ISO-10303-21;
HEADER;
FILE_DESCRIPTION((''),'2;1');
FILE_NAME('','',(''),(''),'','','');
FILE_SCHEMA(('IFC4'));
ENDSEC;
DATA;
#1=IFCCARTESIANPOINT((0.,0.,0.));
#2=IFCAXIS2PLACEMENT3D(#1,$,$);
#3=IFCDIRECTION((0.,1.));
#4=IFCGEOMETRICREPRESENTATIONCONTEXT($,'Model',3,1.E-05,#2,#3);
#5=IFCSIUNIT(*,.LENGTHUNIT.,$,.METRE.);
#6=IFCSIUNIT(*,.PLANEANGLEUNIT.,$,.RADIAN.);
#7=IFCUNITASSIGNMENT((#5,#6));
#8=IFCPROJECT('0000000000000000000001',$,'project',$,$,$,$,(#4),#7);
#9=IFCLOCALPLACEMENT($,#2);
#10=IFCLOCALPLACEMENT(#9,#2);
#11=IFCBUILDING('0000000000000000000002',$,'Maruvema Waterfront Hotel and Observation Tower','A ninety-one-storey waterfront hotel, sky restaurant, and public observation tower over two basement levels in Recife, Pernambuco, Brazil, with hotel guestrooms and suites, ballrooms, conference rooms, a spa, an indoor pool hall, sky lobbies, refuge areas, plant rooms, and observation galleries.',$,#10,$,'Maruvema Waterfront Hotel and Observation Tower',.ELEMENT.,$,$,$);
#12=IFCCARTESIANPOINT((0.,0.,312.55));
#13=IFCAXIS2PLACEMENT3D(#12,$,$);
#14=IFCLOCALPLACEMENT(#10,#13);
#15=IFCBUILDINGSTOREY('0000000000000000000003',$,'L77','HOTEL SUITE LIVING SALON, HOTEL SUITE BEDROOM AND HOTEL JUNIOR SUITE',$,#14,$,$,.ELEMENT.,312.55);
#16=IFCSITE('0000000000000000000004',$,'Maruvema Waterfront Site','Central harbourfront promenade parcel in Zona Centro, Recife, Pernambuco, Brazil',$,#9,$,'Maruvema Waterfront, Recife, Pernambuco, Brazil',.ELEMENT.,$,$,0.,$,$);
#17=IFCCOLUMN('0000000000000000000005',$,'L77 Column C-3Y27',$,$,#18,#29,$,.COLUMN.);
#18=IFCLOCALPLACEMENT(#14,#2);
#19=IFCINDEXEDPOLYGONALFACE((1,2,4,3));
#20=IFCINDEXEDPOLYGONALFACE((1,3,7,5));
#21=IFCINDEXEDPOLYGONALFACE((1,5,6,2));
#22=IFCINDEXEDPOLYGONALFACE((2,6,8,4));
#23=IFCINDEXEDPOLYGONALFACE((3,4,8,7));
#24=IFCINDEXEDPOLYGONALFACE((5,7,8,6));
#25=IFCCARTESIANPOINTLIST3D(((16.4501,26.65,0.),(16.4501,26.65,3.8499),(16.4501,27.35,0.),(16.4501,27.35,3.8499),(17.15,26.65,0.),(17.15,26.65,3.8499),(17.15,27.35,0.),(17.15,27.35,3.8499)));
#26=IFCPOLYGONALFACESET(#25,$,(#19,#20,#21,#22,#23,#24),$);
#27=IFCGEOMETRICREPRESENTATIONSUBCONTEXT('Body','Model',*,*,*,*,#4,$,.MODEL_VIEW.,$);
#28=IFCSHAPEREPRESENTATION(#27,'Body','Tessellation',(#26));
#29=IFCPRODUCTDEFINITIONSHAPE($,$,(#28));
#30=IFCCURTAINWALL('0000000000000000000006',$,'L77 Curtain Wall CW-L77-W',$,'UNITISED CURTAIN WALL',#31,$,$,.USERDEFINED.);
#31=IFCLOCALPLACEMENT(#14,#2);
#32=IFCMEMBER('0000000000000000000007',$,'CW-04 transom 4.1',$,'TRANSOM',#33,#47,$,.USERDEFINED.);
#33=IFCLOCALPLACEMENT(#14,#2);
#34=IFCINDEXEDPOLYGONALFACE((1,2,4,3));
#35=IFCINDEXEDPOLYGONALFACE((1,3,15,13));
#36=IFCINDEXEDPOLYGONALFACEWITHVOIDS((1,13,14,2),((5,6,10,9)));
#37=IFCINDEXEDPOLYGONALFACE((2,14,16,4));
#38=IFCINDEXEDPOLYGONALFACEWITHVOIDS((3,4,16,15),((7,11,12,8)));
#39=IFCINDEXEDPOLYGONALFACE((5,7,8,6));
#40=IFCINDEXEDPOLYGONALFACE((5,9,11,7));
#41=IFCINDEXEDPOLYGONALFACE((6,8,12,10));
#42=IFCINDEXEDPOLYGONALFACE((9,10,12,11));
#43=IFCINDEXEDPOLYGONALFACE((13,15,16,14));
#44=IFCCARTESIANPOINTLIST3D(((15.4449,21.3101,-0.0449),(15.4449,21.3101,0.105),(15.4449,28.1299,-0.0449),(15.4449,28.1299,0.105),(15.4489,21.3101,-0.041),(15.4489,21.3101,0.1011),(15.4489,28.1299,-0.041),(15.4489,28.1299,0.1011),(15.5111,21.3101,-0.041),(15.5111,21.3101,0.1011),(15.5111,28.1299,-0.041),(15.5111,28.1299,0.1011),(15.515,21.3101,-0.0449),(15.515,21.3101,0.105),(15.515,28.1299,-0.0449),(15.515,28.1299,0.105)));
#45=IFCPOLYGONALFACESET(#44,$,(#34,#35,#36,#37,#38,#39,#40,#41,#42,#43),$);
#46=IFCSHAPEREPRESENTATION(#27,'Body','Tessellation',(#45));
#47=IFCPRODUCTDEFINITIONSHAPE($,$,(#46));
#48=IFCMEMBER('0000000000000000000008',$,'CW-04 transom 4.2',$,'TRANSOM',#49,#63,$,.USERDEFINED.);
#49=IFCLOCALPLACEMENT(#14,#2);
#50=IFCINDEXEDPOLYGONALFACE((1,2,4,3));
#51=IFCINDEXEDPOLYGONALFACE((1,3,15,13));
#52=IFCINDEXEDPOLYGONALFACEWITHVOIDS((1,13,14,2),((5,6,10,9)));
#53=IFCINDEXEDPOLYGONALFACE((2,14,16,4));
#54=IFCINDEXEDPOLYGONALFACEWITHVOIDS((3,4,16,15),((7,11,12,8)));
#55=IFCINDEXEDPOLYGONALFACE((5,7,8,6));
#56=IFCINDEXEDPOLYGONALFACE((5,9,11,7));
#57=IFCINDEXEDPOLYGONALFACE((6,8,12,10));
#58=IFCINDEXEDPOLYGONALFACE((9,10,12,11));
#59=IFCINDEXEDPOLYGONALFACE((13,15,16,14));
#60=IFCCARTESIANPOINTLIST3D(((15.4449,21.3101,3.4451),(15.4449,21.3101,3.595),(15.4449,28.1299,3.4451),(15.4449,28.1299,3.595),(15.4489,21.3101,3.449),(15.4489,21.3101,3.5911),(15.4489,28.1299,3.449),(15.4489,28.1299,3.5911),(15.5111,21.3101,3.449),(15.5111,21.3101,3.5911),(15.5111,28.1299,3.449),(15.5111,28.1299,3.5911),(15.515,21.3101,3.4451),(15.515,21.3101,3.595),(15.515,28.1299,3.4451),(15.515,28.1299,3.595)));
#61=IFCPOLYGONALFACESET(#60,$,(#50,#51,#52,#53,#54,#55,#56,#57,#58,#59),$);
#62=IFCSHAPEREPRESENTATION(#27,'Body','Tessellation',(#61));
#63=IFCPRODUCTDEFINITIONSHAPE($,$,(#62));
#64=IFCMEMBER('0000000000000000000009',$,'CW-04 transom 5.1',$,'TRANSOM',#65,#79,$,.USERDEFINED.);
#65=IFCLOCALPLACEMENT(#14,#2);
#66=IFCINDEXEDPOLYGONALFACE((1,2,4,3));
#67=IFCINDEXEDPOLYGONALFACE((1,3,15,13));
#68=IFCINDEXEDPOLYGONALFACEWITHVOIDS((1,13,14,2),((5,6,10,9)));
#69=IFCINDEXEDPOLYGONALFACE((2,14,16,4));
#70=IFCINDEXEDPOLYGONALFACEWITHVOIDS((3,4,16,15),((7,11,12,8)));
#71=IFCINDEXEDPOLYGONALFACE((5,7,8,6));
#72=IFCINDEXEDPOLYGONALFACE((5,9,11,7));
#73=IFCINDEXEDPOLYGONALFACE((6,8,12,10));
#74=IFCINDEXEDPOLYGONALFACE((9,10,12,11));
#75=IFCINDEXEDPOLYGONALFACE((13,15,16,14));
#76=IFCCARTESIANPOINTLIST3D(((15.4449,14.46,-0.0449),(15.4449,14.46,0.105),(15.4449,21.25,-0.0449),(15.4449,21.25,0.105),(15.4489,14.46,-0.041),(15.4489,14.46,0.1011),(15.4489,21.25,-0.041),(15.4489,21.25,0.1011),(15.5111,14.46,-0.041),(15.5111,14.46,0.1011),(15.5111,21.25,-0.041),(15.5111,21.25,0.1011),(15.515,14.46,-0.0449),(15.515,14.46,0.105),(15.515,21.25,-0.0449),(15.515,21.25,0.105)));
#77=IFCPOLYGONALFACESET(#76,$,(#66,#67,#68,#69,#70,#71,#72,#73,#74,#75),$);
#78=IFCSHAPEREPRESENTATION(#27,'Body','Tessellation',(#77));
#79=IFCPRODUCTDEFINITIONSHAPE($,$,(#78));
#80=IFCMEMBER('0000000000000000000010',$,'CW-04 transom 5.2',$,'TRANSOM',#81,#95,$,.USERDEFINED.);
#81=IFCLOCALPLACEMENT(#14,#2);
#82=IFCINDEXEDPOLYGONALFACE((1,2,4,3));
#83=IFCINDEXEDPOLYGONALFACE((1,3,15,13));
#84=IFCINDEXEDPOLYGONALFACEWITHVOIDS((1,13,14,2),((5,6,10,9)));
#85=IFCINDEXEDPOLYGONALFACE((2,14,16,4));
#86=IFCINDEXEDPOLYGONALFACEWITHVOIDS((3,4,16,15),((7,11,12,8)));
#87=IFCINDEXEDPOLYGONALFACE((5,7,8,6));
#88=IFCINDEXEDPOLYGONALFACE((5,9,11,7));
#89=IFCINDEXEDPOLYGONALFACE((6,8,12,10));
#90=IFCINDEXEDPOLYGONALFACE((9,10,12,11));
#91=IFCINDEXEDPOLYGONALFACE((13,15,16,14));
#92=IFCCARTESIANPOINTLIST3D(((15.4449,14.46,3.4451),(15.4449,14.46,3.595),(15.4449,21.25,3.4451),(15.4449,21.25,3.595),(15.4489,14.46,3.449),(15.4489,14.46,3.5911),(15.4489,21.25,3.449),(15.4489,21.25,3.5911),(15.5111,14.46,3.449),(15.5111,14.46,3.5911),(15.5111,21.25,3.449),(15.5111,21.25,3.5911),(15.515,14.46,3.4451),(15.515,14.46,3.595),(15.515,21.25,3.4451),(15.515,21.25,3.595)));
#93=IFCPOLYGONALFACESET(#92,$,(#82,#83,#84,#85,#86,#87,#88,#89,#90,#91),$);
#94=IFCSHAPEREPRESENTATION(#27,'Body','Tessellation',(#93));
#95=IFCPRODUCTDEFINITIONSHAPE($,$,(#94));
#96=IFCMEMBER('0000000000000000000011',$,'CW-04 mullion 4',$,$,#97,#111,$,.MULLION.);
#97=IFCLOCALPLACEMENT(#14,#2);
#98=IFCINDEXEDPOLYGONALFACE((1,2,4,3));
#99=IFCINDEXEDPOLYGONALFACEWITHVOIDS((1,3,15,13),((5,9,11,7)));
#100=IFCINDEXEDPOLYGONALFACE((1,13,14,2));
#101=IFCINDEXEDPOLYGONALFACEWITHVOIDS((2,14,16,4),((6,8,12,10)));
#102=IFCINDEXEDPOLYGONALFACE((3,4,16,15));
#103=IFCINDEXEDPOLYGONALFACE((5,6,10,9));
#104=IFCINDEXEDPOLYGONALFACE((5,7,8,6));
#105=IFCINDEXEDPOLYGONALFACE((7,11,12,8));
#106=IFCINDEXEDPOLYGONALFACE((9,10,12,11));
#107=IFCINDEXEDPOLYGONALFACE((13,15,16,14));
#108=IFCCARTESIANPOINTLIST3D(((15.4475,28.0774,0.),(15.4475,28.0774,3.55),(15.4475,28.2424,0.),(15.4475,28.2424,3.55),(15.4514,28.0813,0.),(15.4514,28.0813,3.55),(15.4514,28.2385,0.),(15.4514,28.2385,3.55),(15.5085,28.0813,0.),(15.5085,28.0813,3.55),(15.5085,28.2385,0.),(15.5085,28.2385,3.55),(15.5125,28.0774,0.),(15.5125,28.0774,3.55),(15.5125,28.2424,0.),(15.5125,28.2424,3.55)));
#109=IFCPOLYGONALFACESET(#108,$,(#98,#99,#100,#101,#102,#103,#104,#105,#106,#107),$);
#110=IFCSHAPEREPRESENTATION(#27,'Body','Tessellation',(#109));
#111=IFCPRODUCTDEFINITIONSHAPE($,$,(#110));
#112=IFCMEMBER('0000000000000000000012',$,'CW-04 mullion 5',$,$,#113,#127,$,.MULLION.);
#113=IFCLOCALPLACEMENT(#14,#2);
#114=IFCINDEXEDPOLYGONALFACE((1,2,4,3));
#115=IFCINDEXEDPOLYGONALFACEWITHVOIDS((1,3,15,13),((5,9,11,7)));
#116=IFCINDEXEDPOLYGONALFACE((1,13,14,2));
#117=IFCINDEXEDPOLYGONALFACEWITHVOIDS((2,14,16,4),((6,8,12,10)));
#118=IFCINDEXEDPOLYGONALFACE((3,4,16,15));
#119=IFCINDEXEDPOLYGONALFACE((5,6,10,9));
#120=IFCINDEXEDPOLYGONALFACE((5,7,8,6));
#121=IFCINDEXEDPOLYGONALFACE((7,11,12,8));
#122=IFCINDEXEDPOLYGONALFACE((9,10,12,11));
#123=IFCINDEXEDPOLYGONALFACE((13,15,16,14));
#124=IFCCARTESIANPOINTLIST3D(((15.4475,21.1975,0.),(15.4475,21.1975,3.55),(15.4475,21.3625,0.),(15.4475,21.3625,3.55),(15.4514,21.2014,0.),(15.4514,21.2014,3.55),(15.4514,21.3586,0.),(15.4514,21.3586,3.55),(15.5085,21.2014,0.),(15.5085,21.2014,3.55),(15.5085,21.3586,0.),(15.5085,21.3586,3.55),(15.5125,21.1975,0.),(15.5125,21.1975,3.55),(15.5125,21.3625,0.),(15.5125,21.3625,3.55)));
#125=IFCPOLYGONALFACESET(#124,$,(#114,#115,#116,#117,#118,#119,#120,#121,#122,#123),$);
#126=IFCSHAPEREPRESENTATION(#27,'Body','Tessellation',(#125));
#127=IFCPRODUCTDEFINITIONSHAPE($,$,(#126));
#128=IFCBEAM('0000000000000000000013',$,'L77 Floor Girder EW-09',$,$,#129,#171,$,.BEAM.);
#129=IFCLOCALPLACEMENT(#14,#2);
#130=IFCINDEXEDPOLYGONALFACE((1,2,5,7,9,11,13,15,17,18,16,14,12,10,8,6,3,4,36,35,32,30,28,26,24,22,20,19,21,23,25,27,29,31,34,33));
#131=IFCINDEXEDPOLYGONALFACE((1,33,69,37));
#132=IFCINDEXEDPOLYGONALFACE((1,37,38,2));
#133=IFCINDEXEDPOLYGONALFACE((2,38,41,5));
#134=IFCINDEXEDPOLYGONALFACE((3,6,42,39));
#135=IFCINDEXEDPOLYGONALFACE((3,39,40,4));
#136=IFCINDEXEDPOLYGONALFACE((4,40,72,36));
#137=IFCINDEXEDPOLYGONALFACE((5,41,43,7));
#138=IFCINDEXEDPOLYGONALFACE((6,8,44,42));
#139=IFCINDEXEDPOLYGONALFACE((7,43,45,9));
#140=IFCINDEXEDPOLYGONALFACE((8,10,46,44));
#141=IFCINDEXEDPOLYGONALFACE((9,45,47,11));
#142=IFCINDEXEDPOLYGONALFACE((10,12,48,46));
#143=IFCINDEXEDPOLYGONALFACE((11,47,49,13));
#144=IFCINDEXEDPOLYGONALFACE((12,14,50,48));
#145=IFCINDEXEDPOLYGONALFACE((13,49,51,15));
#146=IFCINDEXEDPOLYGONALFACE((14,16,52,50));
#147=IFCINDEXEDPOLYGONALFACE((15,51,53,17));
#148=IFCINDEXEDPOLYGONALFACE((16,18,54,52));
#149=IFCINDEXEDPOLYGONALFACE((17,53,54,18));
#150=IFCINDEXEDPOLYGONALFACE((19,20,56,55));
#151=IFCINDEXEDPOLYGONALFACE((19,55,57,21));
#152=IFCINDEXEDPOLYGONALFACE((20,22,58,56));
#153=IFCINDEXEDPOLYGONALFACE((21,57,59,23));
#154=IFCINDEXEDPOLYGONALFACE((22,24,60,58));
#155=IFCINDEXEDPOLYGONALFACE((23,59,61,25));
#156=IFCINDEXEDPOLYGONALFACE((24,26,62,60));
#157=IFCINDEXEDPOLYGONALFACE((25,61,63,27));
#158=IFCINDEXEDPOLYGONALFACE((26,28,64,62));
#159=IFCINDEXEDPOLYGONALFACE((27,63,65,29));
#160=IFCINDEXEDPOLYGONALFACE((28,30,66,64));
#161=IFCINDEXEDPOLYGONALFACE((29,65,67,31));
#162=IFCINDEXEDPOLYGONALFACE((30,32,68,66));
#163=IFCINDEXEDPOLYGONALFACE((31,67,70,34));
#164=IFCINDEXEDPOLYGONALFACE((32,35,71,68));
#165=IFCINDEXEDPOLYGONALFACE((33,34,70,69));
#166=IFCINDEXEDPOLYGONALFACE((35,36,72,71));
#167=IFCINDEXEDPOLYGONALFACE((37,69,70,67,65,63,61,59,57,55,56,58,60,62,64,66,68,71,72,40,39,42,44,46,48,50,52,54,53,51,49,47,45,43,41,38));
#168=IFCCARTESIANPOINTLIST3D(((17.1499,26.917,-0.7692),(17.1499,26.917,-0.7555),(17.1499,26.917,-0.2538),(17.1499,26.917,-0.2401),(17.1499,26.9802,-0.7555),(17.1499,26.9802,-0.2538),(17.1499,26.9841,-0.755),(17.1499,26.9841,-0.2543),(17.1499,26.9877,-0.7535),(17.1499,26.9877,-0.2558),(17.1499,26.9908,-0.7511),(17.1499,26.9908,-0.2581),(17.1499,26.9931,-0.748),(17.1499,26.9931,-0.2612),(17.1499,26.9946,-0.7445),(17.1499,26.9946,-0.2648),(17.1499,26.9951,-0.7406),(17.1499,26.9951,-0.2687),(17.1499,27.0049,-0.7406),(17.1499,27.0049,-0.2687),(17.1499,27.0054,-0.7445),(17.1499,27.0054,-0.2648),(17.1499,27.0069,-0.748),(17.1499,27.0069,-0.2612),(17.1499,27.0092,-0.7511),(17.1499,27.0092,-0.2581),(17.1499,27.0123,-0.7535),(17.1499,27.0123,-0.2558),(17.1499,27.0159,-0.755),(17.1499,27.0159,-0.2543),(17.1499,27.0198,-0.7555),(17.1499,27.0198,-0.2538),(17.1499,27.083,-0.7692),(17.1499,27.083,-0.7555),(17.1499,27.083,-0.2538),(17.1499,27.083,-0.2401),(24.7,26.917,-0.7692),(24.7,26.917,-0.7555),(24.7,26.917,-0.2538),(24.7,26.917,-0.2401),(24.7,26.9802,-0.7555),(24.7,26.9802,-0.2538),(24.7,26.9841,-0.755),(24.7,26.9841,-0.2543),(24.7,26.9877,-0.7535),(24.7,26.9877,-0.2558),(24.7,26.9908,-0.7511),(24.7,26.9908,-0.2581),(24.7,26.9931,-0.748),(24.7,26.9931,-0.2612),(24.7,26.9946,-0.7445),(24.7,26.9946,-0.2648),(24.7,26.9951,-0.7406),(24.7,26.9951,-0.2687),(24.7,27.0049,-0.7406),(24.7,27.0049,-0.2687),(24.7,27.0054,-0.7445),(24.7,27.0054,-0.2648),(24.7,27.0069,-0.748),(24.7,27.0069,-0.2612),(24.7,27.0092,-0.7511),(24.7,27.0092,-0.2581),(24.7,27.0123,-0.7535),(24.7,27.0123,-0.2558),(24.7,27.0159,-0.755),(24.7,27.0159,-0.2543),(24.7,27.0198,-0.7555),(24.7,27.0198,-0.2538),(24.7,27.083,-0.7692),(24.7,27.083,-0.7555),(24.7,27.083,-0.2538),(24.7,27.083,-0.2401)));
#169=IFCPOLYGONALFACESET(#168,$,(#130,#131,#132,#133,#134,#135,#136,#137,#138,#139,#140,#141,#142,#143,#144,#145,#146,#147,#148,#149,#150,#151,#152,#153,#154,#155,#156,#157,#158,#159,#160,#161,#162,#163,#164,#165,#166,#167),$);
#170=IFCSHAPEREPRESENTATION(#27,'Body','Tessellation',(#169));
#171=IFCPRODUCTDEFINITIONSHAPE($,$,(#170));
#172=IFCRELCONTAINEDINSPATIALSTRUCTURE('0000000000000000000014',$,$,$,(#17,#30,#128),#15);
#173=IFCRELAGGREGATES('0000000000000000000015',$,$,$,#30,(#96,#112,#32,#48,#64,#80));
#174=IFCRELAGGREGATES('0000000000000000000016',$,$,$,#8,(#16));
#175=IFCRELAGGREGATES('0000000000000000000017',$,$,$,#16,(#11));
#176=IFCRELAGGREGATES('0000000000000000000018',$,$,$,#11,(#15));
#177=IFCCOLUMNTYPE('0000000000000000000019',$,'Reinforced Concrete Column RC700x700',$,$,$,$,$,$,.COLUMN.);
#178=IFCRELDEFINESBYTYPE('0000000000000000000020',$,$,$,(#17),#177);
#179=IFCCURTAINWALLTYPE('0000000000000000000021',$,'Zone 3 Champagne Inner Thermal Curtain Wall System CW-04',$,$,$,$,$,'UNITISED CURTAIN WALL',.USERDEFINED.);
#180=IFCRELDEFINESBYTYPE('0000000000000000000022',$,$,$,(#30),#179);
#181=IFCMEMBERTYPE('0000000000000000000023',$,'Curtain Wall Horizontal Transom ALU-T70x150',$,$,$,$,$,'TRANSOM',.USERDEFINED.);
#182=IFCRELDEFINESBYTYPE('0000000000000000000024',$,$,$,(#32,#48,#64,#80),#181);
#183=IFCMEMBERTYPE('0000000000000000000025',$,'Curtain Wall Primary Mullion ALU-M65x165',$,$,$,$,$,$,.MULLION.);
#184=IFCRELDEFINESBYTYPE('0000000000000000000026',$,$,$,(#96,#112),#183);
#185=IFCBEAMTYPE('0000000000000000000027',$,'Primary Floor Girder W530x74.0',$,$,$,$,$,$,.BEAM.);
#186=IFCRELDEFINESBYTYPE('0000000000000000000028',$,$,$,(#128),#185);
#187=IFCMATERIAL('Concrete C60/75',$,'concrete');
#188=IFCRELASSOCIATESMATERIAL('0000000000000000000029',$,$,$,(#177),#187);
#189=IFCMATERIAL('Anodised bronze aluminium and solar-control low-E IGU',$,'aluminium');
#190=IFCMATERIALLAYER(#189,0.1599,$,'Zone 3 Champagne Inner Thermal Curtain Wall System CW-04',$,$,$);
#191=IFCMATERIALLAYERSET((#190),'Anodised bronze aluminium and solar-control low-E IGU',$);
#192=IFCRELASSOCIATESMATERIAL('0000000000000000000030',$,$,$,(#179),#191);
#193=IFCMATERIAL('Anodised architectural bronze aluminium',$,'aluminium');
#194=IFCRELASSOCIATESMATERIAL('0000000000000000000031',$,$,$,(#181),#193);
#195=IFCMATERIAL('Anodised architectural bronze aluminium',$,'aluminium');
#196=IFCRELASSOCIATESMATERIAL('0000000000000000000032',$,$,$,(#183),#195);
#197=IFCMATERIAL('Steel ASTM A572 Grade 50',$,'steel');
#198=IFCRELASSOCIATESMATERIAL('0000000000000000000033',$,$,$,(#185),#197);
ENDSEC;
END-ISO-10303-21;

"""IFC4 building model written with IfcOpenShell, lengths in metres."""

from ifc_helpers import new_model, si_unit, direction, frame, origin, origin_2d, place, context, subcontext, project, spatial, rectangle, hollow_rectangle, i_section, extrude, material, layer, layer_set, material_profile, profile_set, type_object, element, aggregate, save


model = new_model("IFC4")

# Units and contexts
model_context = context("Model", 3, precision=1e-05, world=origin(), true_north=direction((0.0, 1.0)))
body_context = subcontext(model_context, "Body", "Model", "MODEL_VIEW")
ifc_project = project(units=[si_unit("LENGTHUNIT", "METRE"), si_unit("PLANEANGLEUNIT", "RADIAN")], contexts=[model_context])

# Site, building, storey
site_placement = place(None, origin())
site = spatial("IfcSite", under=ifc_project, at=site_placement, Name="Maruvema Waterfront Site", Description="Central harbourfront promenade parcel in Zona Centro, Recife, Pernambuco, Brazil", LongName="Maruvema Waterfront, Recife, Pernambuco, Brazil", CompositionType="ELEMENT", RefElevation=0.0)
building_placement = place(site_placement, origin())
building = spatial("IfcBuilding", under=site, at=building_placement, Name="Maruvema Waterfront Hotel and Observation Tower", Description="A ninety-one-storey waterfront hotel, sky restaurant, and public observation tower over two basement levels in Recife, Pernambuco, Brazil, with hotel guestrooms and suites, ballrooms, conference rooms, a spa, an indoor pool hall, sky lobbies, refuge areas, plant rooms, and observation galleries.", LongName="Maruvema Waterfront Hotel and Observation Tower", CompositionType="ELEMENT")
storey_placement = place(building_placement, frame((0.0, 0.0, 312.55)))
storey = spatial("IfcBuildingStorey", under=building, at=storey_placement, Name="L77", Description="HOTEL SUITE LIVING SALON, HOTEL SUITE BEDROOM AND HOTEL JUNIOR SUITE", CompositionType="ELEMENT", Elevation=312.55)

# Column
ifc_material_1 = material(Name="Concrete C60/75", Category="concrete")
ifc_material_profile_1 = material_profile(ifc_material_1, rectangle(XDim=0.7, YDim=0.7, at=origin_2d()), Name="RC700x700")
ifc_profile_set_1 = profile_set([ifc_material_profile_1], Name="Concrete C60/75")
column_type = type_object("IfcColumnType", Name="Reinforced Concrete Column RC700x700", PredefinedType="COLUMN", material=ifc_profile_set_1)
column_placement = place(storey_placement, frame((16.8, 27.0, 0.0), z_axis=(0.0, 0.0, 1.0), x_axis=(1.0, 0.0, 0.0)))
element("IfcColumn", 1, at=column_placement, inside=storey, type_object=column_type, Name="L77 Column C-3Y27", PredefinedType="COLUMN", context=body_context, shape_type="SweptSolid", body=[
    extrude(rectangle(XDim=0.7, YDim=0.7, at=origin_2d()), origin(), (0.0, 0.0, 1.0), 3.8499),
])

# Curtain wall, members
ifc_material_2 = material(Name="Anodised bronze aluminium and solar-control low-E IGU", Category="aluminium")
ifc_layer_1 = layer(ifc_material_2, 0.1599, Name="Zone 3 Champagne Inner Thermal Curtain Wall System CW-04")
ifc_layer_set_1 = layer_set([ifc_layer_1], Name="Anodised bronze aluminium and solar-control low-E IGU")
curtain_wall_type = type_object("IfcCurtainWallType", Name="Zone 3 Champagne Inner Thermal Curtain Wall System CW-04", ElementType="UNITISED CURTAIN WALL", PredefinedType="USERDEFINED", material=ifc_layer_set_1)
curtain_wall_placement = place(storey_placement, origin())
curtain_wall = element("IfcCurtainWall", 2, at=curtain_wall_placement, inside=storey, type_object=curtain_wall_type, Name="L77 Curtain Wall CW-L77-W", ObjectType="UNITISED CURTAIN WALL", PredefinedType="USERDEFINED")
ifc_material_3 = material(Name="Anodised architectural bronze aluminium", Category="aluminium")
ifc_material_profile_2 = material_profile(ifc_material_3, hollow_rectangle(XDim=0.0701, YDim=0.1499, WallThickness=0.0039, at=origin_2d()), Name="ALU-T70x150")
ifc_profile_set_2 = profile_set([ifc_material_profile_2], Name="Anodised architectural bronze aluminium")
member_type_1 = type_object("IfcMemberType", Name="Curtain Wall Horizontal Transom ALU-T70x150", ElementType="TRANSOM", PredefinedType="USERDEFINED", material=ifc_profile_set_2)
member_1_placement = place(storey_placement, frame((15.48, 28.1299, 0.03), z_axis=(0.0, -1.0, 0.0), x_axis=(1.0, 0.0, 0.0)))
member_1 = element("IfcMember", 3, at=member_1_placement, type_object=member_type_1, Name="CW-04 transom 4.1", ObjectType="TRANSOM", PredefinedType="USERDEFINED", context=body_context, shape_type="SweptSolid", body=[
    extrude(hollow_rectangle(XDim=0.0701, YDim=0.1499, WallThickness=0.0039, at=origin_2d()), origin(), (0.0, 0.0, 1.0), 6.8198),
])
member_2_placement = place(storey_placement, frame((15.48, 28.1299, 3.52), z_axis=(0.0, -1.0, 0.0), x_axis=(1.0, 0.0, 0.0)))
member_2 = element("IfcMember", 4, at=member_2_placement, type_object=member_type_1, Name="CW-04 transom 4.2", ObjectType="TRANSOM", PredefinedType="USERDEFINED", context=body_context, shape_type="SweptSolid", body=[
    extrude(hollow_rectangle(XDim=0.0701, YDim=0.1499, WallThickness=0.0039, at=origin_2d()), origin(), (0.0, 0.0, 1.0), 6.8198),
])
member_3_placement = place(storey_placement, frame((15.48, 21.25, 0.03), z_axis=(0.0, -1.0, 0.0), x_axis=(1.0, 0.0, 0.0)))
member_3 = element("IfcMember", 5, at=member_3_placement, type_object=member_type_1, Name="CW-04 transom 5.1", ObjectType="TRANSOM", PredefinedType="USERDEFINED", context=body_context, shape_type="SweptSolid", body=[
    extrude(hollow_rectangle(XDim=0.0701, YDim=0.1499, WallThickness=0.0039, at=origin_2d()), origin(), (0.0, 0.0, 1.0), 6.79),
])
member_4_placement = place(storey_placement, frame((15.48, 21.25, 3.52), z_axis=(0.0, -1.0, 0.0), x_axis=(1.0, 0.0, 0.0)))
member_4 = element("IfcMember", 6, at=member_4_placement, type_object=member_type_1, Name="CW-04 transom 5.2", ObjectType="TRANSOM", PredefinedType="USERDEFINED", context=body_context, shape_type="SweptSolid", body=[
    extrude(hollow_rectangle(XDim=0.0701, YDim=0.1499, WallThickness=0.0039, at=origin_2d()), origin(), (0.0, 0.0, 1.0), 6.79),
])
ifc_material_4 = material(Name="Anodised architectural bronze aluminium", Category="aluminium")
ifc_material_profile_3 = material_profile(ifc_material_4, hollow_rectangle(XDim=0.0649, YDim=0.165, WallThickness=0.0039, at=origin_2d()), Name="ALU-M65x165")
ifc_profile_set_3 = profile_set([ifc_material_profile_3], Name="Anodised architectural bronze aluminium")
member_type_2 = type_object("IfcMemberType", Name="Curtain Wall Primary Mullion ALU-M65x165", PredefinedType="MULLION", material=ifc_profile_set_3)
member_5_placement = place(storey_placement, frame((15.48, 28.1599, 0.0), z_axis=(0.0, 0.0, 1.0), x_axis=(1.0, 0.0, 0.0)))
member_5 = element("IfcMember", 7, at=member_5_placement, type_object=member_type_2, Name="CW-04 mullion 4", PredefinedType="MULLION", context=body_context, shape_type="SweptSolid", body=[
    extrude(hollow_rectangle(XDim=0.0649, YDim=0.165, WallThickness=0.0039, at=origin_2d()), origin(), (0.0, 0.0, 1.0), 3.55),
])
member_6_placement = place(storey_placement, frame((15.48, 21.28, 0.0), z_axis=(0.0, 0.0, 1.0), x_axis=(1.0, 0.0, 0.0)))
member_6 = element("IfcMember", 8, at=member_6_placement, type_object=member_type_2, Name="CW-04 mullion 5", PredefinedType="MULLION", context=body_context, shape_type="SweptSolid", body=[
    extrude(hollow_rectangle(XDim=0.0649, YDim=0.165, WallThickness=0.0039, at=origin_2d()), origin(), (0.0, 0.0, 1.0), 3.55),
])

# Beam
ifc_material_5 = material(Name="Steel ASTM A572 Grade 50", Category="steel")
ifc_material_profile_4 = material_profile(ifc_material_5, i_section(OverallWidth=0.166, OverallDepth=0.5291, WebThickness=0.0098, FlangeThickness=0.0137, FilletRadius=0.0149, at=origin_2d()), Name="W530x74.0")
ifc_profile_set_4 = profile_set([ifc_material_profile_4], Name="Steel ASTM A572 Grade 50")
beam_type_1 = type_object("IfcBeamType", Name="Primary Floor Girder W530x74.0", PredefinedType="BEAM", material=ifc_profile_set_4)
beam_1_placement = place(storey_placement, frame((17.1499, 27.0, -0.5046), z_axis=(1.0, 0.0, 0.0), x_axis=(0.0, 1.0, 0.0)))
element("IfcBeam", 9, at=beam_1_placement, inside=storey, type_object=beam_type_1, Name="L77 Floor Girder EW-09", PredefinedType="BEAM", context=body_context, shape_type="SweptSolid", body=[
    extrude(i_section(OverallWidth=0.166, OverallDepth=0.5291, WebThickness=0.0098, FlangeThickness=0.0137, FilletRadius=0.0149, at=origin_2d()), origin(), (0.0, 0.0, 1.0), 7.55),
])

aggregate(curtain_wall, [member_5, member_6, member_1, member_2, member_3, member_4])

save(model, "model.ifc")
